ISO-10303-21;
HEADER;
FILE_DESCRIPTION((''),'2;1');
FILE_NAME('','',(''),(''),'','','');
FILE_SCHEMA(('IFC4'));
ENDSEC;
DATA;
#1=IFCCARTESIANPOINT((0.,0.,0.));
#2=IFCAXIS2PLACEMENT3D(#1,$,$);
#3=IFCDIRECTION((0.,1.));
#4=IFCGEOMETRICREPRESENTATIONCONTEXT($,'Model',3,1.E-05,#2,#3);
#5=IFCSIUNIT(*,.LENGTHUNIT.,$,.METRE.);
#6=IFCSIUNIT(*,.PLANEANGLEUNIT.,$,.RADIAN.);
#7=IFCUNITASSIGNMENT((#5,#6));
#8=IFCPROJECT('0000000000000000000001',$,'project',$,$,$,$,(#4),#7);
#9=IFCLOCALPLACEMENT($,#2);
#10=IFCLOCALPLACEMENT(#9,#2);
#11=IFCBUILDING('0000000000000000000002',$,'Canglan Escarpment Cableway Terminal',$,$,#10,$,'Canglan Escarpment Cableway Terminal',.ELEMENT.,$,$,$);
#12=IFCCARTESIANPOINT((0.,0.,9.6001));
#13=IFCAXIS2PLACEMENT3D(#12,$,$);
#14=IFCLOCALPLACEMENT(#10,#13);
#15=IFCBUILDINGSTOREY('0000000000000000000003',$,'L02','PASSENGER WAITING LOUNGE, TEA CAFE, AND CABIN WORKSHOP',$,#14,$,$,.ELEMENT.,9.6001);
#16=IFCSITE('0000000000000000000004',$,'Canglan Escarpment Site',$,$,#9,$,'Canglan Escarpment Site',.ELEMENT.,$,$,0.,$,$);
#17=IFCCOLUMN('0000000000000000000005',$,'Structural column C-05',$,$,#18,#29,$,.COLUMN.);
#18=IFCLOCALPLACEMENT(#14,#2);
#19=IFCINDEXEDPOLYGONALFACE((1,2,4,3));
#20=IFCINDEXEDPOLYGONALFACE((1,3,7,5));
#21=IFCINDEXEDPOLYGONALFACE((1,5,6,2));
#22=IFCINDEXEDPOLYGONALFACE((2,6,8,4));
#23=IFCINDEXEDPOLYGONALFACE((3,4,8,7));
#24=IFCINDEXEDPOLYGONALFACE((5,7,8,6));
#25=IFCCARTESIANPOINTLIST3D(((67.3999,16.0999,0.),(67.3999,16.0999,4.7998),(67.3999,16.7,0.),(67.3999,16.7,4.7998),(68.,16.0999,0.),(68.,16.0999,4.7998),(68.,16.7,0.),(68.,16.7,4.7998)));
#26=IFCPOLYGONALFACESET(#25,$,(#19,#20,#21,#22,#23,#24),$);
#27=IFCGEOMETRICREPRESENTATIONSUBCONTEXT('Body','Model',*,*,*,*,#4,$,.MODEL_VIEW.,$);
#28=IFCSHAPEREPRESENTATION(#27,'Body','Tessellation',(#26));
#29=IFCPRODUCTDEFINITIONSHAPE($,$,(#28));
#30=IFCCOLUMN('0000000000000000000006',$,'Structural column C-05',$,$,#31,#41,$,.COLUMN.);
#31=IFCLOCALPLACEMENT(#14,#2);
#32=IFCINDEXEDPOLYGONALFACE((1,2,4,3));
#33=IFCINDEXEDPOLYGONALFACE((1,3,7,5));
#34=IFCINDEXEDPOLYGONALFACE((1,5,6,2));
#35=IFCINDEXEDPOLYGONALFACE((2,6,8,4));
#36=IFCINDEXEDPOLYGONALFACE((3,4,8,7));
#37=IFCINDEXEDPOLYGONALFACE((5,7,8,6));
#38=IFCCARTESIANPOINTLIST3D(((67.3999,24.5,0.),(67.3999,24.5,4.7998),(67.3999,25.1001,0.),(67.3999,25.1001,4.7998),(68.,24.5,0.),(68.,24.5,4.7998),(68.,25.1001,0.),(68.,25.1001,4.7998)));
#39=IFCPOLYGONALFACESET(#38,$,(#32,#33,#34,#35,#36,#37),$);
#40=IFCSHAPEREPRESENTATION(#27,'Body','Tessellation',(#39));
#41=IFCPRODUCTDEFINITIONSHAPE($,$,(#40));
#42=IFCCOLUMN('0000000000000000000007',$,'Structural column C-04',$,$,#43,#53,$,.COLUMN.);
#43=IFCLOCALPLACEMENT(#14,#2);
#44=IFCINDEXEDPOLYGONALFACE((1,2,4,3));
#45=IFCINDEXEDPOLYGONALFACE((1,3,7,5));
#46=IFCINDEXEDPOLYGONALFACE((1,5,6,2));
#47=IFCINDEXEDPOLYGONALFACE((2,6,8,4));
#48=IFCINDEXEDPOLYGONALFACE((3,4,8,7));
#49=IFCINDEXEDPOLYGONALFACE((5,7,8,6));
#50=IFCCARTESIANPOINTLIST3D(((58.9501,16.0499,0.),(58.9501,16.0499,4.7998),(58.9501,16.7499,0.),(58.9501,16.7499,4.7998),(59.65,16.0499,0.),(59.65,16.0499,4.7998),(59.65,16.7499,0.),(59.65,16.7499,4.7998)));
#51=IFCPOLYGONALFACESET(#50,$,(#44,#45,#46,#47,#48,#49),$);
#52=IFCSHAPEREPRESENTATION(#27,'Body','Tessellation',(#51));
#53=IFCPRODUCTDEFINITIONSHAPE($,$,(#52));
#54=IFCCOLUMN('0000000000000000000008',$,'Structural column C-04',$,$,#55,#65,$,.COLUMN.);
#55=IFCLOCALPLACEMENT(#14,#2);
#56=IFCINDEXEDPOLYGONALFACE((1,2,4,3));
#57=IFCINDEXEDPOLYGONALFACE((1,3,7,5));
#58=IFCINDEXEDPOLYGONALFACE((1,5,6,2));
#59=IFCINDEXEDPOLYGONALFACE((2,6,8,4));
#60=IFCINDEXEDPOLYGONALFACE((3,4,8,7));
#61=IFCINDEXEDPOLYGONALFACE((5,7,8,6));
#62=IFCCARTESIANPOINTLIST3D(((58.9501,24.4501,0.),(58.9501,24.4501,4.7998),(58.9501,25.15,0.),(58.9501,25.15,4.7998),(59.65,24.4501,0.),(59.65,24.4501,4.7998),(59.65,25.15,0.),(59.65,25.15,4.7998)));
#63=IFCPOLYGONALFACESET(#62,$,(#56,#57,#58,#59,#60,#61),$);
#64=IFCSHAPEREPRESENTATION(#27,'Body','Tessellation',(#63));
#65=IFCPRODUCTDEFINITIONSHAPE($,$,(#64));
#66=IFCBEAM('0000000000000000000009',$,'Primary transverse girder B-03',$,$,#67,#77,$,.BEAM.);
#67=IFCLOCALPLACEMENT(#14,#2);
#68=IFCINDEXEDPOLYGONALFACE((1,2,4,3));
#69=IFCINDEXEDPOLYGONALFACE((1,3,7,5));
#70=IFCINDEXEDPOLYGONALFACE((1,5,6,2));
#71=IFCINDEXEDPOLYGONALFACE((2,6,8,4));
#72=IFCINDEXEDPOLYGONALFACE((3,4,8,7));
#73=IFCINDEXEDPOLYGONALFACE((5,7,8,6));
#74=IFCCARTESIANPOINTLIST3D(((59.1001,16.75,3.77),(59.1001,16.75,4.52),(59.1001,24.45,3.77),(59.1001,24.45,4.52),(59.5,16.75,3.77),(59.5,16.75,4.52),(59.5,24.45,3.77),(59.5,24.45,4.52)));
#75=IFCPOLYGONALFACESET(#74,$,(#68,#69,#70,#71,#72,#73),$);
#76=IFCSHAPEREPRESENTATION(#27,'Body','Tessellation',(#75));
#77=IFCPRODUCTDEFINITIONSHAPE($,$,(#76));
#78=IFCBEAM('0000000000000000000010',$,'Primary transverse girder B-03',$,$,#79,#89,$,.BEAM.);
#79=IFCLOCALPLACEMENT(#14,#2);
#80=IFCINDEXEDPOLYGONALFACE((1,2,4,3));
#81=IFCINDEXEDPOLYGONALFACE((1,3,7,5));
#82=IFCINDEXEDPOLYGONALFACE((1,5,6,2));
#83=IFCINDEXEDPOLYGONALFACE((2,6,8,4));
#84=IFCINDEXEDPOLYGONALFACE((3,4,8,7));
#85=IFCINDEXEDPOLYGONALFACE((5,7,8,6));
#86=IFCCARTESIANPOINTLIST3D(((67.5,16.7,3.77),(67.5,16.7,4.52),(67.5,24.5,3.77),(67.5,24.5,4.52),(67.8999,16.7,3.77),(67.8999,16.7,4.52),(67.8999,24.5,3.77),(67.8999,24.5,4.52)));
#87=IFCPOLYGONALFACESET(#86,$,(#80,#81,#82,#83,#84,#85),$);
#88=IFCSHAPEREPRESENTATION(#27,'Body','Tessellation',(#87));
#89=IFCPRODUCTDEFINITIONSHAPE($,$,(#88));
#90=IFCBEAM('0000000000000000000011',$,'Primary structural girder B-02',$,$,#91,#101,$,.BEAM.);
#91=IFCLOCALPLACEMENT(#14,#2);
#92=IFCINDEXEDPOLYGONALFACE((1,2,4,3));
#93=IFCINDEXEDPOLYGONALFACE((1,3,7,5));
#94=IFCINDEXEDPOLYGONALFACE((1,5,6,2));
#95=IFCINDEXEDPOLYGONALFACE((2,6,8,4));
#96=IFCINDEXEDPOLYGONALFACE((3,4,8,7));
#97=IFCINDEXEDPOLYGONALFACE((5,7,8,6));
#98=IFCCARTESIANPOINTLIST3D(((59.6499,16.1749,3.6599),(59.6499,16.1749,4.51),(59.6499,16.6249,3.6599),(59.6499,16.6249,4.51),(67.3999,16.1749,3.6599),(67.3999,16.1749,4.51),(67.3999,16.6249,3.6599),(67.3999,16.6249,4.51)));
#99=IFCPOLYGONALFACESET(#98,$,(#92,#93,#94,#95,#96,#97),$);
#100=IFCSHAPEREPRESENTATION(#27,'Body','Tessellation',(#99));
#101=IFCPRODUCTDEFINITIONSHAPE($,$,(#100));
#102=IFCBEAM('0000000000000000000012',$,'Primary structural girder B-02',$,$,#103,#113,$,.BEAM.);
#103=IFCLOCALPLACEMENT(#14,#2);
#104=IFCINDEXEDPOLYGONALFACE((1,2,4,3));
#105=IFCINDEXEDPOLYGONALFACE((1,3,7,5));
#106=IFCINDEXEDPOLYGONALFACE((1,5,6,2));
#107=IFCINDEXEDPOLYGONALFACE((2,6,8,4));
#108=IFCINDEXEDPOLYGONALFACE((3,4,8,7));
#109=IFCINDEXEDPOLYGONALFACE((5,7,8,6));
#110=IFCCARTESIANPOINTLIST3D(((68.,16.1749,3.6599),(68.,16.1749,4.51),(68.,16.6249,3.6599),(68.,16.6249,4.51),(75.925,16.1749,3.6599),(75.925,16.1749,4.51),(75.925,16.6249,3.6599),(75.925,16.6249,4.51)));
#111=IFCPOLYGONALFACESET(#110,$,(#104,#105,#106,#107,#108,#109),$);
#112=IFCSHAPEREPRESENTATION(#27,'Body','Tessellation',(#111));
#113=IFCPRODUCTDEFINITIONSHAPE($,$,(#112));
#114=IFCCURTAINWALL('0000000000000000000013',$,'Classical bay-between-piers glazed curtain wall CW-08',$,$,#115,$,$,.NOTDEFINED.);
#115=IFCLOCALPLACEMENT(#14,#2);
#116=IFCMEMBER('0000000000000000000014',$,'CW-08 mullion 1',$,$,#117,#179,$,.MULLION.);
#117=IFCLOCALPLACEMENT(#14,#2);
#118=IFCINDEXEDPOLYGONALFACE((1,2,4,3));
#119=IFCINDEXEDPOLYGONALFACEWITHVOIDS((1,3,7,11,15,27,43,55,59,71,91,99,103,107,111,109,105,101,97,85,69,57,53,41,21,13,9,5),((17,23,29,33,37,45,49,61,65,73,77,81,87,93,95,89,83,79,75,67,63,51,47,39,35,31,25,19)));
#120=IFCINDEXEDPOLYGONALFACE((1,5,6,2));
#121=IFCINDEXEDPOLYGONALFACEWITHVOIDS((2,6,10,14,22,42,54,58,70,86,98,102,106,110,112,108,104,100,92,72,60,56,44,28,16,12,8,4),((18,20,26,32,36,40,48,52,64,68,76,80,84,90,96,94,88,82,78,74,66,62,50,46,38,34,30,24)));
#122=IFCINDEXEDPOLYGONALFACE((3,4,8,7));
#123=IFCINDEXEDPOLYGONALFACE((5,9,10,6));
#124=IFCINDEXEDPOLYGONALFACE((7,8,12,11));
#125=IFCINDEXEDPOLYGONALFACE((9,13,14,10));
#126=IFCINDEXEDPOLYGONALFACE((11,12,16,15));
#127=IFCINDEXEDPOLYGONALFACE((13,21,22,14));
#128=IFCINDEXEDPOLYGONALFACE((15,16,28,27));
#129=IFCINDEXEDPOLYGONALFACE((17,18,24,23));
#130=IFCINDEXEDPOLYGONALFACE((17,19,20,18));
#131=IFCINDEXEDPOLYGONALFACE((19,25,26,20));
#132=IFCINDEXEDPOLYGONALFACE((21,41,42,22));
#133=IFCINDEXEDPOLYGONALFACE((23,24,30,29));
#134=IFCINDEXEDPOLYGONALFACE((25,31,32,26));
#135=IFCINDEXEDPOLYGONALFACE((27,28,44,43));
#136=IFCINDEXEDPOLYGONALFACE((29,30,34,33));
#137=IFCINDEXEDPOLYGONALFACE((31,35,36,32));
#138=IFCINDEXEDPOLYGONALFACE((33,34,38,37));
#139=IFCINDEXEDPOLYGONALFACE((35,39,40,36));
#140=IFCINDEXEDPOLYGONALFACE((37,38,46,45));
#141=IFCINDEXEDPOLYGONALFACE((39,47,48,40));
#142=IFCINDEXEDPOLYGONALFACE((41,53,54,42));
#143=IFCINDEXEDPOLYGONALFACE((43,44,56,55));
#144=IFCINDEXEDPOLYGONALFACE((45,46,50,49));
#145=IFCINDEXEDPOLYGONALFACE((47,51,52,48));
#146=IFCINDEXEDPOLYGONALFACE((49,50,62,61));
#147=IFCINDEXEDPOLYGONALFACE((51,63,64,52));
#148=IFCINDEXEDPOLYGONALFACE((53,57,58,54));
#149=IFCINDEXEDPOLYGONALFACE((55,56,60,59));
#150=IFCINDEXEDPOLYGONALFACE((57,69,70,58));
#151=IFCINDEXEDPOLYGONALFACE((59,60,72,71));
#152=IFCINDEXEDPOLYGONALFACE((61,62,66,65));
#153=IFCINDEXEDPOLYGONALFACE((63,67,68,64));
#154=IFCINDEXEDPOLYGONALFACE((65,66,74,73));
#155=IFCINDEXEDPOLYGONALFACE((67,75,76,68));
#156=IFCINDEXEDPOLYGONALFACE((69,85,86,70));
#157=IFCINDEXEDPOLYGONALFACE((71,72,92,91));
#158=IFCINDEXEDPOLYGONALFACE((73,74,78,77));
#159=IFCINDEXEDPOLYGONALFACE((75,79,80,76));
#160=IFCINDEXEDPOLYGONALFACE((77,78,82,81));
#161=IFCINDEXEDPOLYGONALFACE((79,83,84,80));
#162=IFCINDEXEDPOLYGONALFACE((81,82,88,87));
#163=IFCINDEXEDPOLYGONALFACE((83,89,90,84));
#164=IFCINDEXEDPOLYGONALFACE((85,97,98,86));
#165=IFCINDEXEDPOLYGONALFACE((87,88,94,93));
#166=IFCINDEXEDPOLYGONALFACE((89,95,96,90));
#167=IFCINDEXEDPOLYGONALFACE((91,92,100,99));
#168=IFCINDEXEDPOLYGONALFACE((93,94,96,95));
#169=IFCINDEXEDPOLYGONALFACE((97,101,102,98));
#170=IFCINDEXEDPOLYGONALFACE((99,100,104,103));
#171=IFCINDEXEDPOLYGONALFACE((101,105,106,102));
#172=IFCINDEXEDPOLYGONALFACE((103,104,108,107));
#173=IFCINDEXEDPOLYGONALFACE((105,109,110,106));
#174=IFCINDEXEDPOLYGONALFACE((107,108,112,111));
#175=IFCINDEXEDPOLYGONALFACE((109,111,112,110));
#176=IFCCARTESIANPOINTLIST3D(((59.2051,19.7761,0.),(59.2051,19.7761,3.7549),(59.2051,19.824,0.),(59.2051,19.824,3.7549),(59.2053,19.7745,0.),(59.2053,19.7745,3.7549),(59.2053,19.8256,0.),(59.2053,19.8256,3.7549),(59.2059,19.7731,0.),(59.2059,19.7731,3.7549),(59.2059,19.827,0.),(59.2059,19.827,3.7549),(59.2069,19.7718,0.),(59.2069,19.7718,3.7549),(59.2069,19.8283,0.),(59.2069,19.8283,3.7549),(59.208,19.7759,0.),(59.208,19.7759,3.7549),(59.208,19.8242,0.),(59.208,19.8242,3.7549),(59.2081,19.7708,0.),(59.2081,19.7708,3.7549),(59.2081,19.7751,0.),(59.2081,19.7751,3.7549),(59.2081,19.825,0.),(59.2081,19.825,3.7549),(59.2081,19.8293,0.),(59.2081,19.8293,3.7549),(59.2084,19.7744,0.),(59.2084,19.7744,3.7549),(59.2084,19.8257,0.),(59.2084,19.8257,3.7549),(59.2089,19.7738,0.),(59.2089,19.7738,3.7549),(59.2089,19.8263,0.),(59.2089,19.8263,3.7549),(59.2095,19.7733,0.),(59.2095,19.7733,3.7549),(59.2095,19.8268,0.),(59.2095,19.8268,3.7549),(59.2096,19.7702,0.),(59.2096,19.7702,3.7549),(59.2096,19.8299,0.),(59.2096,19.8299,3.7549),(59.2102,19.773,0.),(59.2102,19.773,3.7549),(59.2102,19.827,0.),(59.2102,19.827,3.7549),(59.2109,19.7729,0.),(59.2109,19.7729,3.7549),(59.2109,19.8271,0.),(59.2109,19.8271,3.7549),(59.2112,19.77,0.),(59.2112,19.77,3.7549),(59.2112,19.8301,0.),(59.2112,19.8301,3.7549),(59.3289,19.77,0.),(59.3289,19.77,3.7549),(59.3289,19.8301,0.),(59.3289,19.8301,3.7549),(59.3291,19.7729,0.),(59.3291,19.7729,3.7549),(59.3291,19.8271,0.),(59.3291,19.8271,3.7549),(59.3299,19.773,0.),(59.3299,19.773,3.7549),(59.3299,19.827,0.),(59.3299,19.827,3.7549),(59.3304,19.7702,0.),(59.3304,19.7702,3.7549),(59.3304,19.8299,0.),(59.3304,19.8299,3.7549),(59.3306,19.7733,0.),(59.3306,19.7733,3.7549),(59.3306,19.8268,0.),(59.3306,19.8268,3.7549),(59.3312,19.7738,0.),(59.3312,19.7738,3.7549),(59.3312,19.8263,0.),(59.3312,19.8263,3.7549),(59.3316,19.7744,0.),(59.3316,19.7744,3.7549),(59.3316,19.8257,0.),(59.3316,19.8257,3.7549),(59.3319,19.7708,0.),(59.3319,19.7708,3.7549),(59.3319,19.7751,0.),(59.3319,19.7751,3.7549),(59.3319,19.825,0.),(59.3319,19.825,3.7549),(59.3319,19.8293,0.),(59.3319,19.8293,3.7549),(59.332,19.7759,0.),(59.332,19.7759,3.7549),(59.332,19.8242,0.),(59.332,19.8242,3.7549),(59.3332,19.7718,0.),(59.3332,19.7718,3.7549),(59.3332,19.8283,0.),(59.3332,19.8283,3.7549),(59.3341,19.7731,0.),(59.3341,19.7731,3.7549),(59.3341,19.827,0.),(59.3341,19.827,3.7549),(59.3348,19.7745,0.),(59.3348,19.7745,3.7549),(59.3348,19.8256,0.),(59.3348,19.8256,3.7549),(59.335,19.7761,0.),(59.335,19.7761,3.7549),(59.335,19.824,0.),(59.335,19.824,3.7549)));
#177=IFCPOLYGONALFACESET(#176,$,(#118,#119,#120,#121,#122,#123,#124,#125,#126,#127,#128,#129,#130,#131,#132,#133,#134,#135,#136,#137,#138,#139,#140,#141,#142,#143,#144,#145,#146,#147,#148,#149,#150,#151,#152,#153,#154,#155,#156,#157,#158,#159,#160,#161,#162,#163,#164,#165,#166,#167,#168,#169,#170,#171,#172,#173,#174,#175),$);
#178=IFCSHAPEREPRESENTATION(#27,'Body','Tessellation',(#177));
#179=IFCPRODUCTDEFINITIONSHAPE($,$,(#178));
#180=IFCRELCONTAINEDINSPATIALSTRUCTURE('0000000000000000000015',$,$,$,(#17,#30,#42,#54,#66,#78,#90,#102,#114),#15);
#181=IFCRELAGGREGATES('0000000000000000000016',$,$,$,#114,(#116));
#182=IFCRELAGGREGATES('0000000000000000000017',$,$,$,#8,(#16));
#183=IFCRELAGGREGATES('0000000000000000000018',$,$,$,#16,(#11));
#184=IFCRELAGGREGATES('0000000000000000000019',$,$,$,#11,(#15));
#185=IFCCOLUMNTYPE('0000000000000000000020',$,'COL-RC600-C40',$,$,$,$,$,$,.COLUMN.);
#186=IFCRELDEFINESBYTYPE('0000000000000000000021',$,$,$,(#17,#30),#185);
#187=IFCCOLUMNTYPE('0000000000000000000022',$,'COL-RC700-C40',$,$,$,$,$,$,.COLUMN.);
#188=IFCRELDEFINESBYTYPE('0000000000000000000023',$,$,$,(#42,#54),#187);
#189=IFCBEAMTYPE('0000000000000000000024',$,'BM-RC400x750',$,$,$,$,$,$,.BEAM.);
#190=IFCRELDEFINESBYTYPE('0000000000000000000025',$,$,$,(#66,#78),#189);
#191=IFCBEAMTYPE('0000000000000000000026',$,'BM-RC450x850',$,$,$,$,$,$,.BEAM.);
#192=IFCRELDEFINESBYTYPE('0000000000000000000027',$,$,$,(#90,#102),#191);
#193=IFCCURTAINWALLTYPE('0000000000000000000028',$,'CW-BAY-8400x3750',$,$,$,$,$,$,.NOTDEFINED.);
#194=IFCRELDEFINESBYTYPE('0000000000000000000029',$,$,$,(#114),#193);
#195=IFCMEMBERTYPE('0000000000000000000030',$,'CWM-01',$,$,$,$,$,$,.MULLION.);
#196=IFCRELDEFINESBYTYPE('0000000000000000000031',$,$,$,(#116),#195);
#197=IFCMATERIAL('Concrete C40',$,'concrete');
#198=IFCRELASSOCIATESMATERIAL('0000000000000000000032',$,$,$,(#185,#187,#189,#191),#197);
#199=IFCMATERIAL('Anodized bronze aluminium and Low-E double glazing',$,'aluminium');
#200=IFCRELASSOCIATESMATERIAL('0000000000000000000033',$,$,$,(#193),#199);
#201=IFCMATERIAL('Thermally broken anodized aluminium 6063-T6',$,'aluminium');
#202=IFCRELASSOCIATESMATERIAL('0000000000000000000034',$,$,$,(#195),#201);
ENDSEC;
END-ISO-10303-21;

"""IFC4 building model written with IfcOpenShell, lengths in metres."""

from ifc_helpers import new_model, si_unit, direction, frame, origin, origin_2d, place, context, subcontext, project, spatial, rectangle, hollow_rectangle, extrude, material, material_profile, profile_set, type_object, element, aggregate, save


model = new_model("IFC4")

# Units and contexts
model_context = context("Model", 3, precision=1e-05, world=origin(), true_north=direction((0.0, 1.0)))
body_context = subcontext(model_context, "Body", "Model", "MODEL_VIEW")
ifc_project = project(units=[si_unit("LENGTHUNIT", "METRE"), si_unit("PLANEANGLEUNIT", "RADIAN")], contexts=[model_context])

# Site, building, storey
site_placement = place(None, origin())
site = spatial("IfcSite", under=ifc_project, at=site_placement, Name="Canglan Escarpment Site", LongName="Canglan Escarpment Site", CompositionType="ELEMENT", RefElevation=0.0)
building_placement = place(site_placement, origin())
building = spatial("IfcBuilding", under=site, at=building_placement, Name="Canglan Escarpment Cableway Terminal", LongName="Canglan Escarpment Cableway Terminal", CompositionType="ELEMENT")
storey_placement = place(building_placement, frame((0.0, 0.0, 9.6001)))
storey = spatial("IfcBuildingStorey", under=building, at=storey_placement, Name="L02", Description="PASSENGER WAITING LOUNGE, TEA CAFE, AND CABIN WORKSHOP", CompositionType="ELEMENT", Elevation=9.6001)

# Columns
ifc_material_1 = material(Name="Concrete C40", Category="concrete")
ifc_material_profile_1 = material_profile(ifc_material_1, rectangle(XDim=0.6001, YDim=0.6001, at=origin_2d()), Name="RC 600x600")
ifc_profile_set_1 = profile_set([ifc_material_profile_1], Name="Concrete C40")
column_type_1 = type_object("IfcColumnType", Name="COL-RC600-C40", PredefinedType="COLUMN", material=ifc_profile_set_1)
for number, where, z_axis, x_axis, name in (
    (1, (67.7, 16.3999, 0.0), (0.0, 0.0, 1.0), (1.0, 0.0, 0.0), "Structural column C-05"),
    (2, (67.7, 24.8, 0.0), (0.0, 0.0, 1.0), (1.0, 0.0, 0.0), "Structural column C-05"),
):
    element("IfcColumn", number, at=place(storey_placement, frame(where, z_axis=z_axis, x_axis=x_axis)), inside=storey, type_object=column_type_1, Name=name, PredefinedType="COLUMN", context=body_context, shape_type="SweptSolid", body=[
        extrude(rectangle(XDim=0.6001, YDim=0.6001, at=origin_2d()), origin(), (0.0, 0.0, 1.0), 4.7998),
    ])
ifc_material_profile_2 = material_profile(ifc_material_1, rectangle(XDim=0.7, YDim=0.7, at=origin_2d()), Name="RC 700x700")
ifc_profile_set_2 = profile_set([ifc_material_profile_2], Name="Concrete C40")
column_type_2 = type_object("IfcColumnType", Name="COL-RC700-C40", PredefinedType="COLUMN", material=ifc_profile_set_2)
for number, where, z_axis, x_axis, name in (
    (3, (59.3, 16.3999, 0.0), (0.0, 0.0, 1.0), (1.0, 0.0, 0.0), "Structural column C-04"),
    (4, (59.3, 24.8, 0.0), (0.0, 0.0, 1.0), (1.0, 0.0, 0.0), "Structural column C-04"),
):
    element("IfcColumn", number, at=place(storey_placement, frame(where, z_axis=z_axis, x_axis=x_axis)), inside=storey, type_object=column_type_2, Name=name, PredefinedType="COLUMN", context=body_context, shape_type="SweptSolid", body=[
        extrude(rectangle(XDim=0.7, YDim=0.7, at=origin_2d()), origin(), (0.0, 0.0, 1.0), 4.7998),
    ])

# Beams
ifc_material_profile_3 = material_profile(ifc_material_1, rectangle(XDim=0.3999, YDim=0.75, at=origin_2d()), Name="RC 400x750")
ifc_profile_set_3 = profile_set([ifc_material_profile_3], Name="Concrete C40")
beam_type_1 = type_object("IfcBeamType", Name="BM-RC400x750", PredefinedType="BEAM", material=ifc_profile_set_3)
beam_1_placement = place(storey_placement, frame((59.3, 16.75, 4.145), z_axis=(0.0, 1.0, 0.0), x_axis=(-1.0, 0.0, 0.0)))
element("IfcBeam", 5, at=beam_1_placement, inside=storey, type_object=beam_type_1, Name="Primary transverse girder B-03", PredefinedType="BEAM", context=body_context, shape_type="SweptSolid", body=[
    extrude(rectangle(XDim=0.3999, YDim=0.75, at=origin_2d()), origin(), (0.0, 0.0, 1.0), 7.7),
])
beam_2_placement = place(storey_placement, frame((67.7, 16.7, 4.145), z_axis=(0.0, 1.0, 0.0), x_axis=(-1.0, 0.0, 0.0)))
element("IfcBeam", 6, at=beam_2_placement, inside=storey, type_object=beam_type_1, Name="Primary transverse girder B-03", PredefinedType="BEAM", context=body_context, shape_type="SweptSolid", body=[
    extrude(rectangle(XDim=0.3999, YDim=0.75, at=origin_2d()), origin(), (0.0, 0.0, 1.0), 7.8),
])
ifc_material_profile_4 = material_profile(ifc_material_1, rectangle(XDim=0.45, YDim=0.8501, at=origin_2d()), Name="RC 450x850")
ifc_profile_set_4 = profile_set([ifc_material_profile_4], Name="Concrete C40")
beam_type_2 = type_object("IfcBeamType", Name="BM-RC450x850", PredefinedType="BEAM", material=ifc_profile_set_4)
beam_3_placement = place(storey_placement, frame((59.6499, 16.3999, 4.085), z_axis=(1.0, 0.0, 0.0), x_axis=(0.0, 1.0, 0.0)))
element("IfcBeam", 7, at=beam_3_placement, inside=storey, type_object=beam_type_2, Name="Primary structural girder B-02", PredefinedType="BEAM", context=body_context, shape_type="SweptSolid", body=[
    extrude(rectangle(XDim=0.45, YDim=0.8501, at=origin_2d()), origin(), (0.0, 0.0, 1.0), 7.75),
])
beam_4_placement = place(storey_placement, frame((68.0, 16.3999, 4.085), z_axis=(1.0, 0.0, 0.0), x_axis=(0.0, 1.0, 0.0)))
element("IfcBeam", 8, at=beam_4_placement, inside=storey, type_object=beam_type_2, Name="Primary structural girder B-02", PredefinedType="BEAM", context=body_context, shape_type="SweptSolid", body=[
    extrude(rectangle(XDim=0.45, YDim=0.8501, at=origin_2d()), origin(), (0.0, 0.0, 1.0), 7.925),
])

# Curtain wall, member
ifc_material_2 = material(Name="Anodized bronze aluminium and Low-E double glazing", Category="aluminium")
curtain_wall_type = type_object("IfcCurtainWallType", Name="CW-BAY-8400x3750", PredefinedType="NOTDEFINED", material=ifc_material_2)
curtain_wall_1_placement = place(storey_placement, origin())
curtain_wall_1 = element("IfcCurtainWall", 9, at=curtain_wall_1_placement, inside=storey, type_object=curtain_wall_type, Name="Classical bay-between-piers glazed curtain wall CW-08", PredefinedType="NOTDEFINED")
ifc_material_3 = material(Name="Thermally broken anodized aluminium 6063-T6", Category="aluminium")
ifc_material_profile_5 = material_profile(ifc_material_3, hollow_rectangle(XDim=0.0601, YDim=0.1299, WallThickness=0.0029, InnerFilletRadius=0.0029, OuterFilletRadius=0.0061, at=origin_2d()), Name="ALU-MULL 60x130x3")
ifc_profile_set_5 = profile_set([ifc_material_profile_5], Name="Thermally broken anodized aluminium 6063-T6")
member_type_1 = type_object("IfcMemberType", Name="CWM-01", PredefinedType="MULLION", material=ifc_profile_set_5)
member_1_placement = place(storey_placement, frame((59.27, 19.8, 0.0), z_axis=(0.0, 0.0, 1.0), x_axis=(0.0, -1.0, 0.0)))
member_1 = element("IfcMember", 10, at=member_1_placement, type_object=member_type_1, Name="CW-08 mullion 1", PredefinedType="MULLION", context=body_context, shape_type="SweptSolid", body=[
    extrude(hollow_rectangle(XDim=0.0601, YDim=0.1299, WallThickness=0.0029, InnerFilletRadius=0.0029, OuterFilletRadius=0.0061, at=origin_2d()), origin(), (0.0, 0.0, 1.0), 3.7549),
])

aggregate(curtain_wall_1, [member_1])

save(model, "model.ifc")
